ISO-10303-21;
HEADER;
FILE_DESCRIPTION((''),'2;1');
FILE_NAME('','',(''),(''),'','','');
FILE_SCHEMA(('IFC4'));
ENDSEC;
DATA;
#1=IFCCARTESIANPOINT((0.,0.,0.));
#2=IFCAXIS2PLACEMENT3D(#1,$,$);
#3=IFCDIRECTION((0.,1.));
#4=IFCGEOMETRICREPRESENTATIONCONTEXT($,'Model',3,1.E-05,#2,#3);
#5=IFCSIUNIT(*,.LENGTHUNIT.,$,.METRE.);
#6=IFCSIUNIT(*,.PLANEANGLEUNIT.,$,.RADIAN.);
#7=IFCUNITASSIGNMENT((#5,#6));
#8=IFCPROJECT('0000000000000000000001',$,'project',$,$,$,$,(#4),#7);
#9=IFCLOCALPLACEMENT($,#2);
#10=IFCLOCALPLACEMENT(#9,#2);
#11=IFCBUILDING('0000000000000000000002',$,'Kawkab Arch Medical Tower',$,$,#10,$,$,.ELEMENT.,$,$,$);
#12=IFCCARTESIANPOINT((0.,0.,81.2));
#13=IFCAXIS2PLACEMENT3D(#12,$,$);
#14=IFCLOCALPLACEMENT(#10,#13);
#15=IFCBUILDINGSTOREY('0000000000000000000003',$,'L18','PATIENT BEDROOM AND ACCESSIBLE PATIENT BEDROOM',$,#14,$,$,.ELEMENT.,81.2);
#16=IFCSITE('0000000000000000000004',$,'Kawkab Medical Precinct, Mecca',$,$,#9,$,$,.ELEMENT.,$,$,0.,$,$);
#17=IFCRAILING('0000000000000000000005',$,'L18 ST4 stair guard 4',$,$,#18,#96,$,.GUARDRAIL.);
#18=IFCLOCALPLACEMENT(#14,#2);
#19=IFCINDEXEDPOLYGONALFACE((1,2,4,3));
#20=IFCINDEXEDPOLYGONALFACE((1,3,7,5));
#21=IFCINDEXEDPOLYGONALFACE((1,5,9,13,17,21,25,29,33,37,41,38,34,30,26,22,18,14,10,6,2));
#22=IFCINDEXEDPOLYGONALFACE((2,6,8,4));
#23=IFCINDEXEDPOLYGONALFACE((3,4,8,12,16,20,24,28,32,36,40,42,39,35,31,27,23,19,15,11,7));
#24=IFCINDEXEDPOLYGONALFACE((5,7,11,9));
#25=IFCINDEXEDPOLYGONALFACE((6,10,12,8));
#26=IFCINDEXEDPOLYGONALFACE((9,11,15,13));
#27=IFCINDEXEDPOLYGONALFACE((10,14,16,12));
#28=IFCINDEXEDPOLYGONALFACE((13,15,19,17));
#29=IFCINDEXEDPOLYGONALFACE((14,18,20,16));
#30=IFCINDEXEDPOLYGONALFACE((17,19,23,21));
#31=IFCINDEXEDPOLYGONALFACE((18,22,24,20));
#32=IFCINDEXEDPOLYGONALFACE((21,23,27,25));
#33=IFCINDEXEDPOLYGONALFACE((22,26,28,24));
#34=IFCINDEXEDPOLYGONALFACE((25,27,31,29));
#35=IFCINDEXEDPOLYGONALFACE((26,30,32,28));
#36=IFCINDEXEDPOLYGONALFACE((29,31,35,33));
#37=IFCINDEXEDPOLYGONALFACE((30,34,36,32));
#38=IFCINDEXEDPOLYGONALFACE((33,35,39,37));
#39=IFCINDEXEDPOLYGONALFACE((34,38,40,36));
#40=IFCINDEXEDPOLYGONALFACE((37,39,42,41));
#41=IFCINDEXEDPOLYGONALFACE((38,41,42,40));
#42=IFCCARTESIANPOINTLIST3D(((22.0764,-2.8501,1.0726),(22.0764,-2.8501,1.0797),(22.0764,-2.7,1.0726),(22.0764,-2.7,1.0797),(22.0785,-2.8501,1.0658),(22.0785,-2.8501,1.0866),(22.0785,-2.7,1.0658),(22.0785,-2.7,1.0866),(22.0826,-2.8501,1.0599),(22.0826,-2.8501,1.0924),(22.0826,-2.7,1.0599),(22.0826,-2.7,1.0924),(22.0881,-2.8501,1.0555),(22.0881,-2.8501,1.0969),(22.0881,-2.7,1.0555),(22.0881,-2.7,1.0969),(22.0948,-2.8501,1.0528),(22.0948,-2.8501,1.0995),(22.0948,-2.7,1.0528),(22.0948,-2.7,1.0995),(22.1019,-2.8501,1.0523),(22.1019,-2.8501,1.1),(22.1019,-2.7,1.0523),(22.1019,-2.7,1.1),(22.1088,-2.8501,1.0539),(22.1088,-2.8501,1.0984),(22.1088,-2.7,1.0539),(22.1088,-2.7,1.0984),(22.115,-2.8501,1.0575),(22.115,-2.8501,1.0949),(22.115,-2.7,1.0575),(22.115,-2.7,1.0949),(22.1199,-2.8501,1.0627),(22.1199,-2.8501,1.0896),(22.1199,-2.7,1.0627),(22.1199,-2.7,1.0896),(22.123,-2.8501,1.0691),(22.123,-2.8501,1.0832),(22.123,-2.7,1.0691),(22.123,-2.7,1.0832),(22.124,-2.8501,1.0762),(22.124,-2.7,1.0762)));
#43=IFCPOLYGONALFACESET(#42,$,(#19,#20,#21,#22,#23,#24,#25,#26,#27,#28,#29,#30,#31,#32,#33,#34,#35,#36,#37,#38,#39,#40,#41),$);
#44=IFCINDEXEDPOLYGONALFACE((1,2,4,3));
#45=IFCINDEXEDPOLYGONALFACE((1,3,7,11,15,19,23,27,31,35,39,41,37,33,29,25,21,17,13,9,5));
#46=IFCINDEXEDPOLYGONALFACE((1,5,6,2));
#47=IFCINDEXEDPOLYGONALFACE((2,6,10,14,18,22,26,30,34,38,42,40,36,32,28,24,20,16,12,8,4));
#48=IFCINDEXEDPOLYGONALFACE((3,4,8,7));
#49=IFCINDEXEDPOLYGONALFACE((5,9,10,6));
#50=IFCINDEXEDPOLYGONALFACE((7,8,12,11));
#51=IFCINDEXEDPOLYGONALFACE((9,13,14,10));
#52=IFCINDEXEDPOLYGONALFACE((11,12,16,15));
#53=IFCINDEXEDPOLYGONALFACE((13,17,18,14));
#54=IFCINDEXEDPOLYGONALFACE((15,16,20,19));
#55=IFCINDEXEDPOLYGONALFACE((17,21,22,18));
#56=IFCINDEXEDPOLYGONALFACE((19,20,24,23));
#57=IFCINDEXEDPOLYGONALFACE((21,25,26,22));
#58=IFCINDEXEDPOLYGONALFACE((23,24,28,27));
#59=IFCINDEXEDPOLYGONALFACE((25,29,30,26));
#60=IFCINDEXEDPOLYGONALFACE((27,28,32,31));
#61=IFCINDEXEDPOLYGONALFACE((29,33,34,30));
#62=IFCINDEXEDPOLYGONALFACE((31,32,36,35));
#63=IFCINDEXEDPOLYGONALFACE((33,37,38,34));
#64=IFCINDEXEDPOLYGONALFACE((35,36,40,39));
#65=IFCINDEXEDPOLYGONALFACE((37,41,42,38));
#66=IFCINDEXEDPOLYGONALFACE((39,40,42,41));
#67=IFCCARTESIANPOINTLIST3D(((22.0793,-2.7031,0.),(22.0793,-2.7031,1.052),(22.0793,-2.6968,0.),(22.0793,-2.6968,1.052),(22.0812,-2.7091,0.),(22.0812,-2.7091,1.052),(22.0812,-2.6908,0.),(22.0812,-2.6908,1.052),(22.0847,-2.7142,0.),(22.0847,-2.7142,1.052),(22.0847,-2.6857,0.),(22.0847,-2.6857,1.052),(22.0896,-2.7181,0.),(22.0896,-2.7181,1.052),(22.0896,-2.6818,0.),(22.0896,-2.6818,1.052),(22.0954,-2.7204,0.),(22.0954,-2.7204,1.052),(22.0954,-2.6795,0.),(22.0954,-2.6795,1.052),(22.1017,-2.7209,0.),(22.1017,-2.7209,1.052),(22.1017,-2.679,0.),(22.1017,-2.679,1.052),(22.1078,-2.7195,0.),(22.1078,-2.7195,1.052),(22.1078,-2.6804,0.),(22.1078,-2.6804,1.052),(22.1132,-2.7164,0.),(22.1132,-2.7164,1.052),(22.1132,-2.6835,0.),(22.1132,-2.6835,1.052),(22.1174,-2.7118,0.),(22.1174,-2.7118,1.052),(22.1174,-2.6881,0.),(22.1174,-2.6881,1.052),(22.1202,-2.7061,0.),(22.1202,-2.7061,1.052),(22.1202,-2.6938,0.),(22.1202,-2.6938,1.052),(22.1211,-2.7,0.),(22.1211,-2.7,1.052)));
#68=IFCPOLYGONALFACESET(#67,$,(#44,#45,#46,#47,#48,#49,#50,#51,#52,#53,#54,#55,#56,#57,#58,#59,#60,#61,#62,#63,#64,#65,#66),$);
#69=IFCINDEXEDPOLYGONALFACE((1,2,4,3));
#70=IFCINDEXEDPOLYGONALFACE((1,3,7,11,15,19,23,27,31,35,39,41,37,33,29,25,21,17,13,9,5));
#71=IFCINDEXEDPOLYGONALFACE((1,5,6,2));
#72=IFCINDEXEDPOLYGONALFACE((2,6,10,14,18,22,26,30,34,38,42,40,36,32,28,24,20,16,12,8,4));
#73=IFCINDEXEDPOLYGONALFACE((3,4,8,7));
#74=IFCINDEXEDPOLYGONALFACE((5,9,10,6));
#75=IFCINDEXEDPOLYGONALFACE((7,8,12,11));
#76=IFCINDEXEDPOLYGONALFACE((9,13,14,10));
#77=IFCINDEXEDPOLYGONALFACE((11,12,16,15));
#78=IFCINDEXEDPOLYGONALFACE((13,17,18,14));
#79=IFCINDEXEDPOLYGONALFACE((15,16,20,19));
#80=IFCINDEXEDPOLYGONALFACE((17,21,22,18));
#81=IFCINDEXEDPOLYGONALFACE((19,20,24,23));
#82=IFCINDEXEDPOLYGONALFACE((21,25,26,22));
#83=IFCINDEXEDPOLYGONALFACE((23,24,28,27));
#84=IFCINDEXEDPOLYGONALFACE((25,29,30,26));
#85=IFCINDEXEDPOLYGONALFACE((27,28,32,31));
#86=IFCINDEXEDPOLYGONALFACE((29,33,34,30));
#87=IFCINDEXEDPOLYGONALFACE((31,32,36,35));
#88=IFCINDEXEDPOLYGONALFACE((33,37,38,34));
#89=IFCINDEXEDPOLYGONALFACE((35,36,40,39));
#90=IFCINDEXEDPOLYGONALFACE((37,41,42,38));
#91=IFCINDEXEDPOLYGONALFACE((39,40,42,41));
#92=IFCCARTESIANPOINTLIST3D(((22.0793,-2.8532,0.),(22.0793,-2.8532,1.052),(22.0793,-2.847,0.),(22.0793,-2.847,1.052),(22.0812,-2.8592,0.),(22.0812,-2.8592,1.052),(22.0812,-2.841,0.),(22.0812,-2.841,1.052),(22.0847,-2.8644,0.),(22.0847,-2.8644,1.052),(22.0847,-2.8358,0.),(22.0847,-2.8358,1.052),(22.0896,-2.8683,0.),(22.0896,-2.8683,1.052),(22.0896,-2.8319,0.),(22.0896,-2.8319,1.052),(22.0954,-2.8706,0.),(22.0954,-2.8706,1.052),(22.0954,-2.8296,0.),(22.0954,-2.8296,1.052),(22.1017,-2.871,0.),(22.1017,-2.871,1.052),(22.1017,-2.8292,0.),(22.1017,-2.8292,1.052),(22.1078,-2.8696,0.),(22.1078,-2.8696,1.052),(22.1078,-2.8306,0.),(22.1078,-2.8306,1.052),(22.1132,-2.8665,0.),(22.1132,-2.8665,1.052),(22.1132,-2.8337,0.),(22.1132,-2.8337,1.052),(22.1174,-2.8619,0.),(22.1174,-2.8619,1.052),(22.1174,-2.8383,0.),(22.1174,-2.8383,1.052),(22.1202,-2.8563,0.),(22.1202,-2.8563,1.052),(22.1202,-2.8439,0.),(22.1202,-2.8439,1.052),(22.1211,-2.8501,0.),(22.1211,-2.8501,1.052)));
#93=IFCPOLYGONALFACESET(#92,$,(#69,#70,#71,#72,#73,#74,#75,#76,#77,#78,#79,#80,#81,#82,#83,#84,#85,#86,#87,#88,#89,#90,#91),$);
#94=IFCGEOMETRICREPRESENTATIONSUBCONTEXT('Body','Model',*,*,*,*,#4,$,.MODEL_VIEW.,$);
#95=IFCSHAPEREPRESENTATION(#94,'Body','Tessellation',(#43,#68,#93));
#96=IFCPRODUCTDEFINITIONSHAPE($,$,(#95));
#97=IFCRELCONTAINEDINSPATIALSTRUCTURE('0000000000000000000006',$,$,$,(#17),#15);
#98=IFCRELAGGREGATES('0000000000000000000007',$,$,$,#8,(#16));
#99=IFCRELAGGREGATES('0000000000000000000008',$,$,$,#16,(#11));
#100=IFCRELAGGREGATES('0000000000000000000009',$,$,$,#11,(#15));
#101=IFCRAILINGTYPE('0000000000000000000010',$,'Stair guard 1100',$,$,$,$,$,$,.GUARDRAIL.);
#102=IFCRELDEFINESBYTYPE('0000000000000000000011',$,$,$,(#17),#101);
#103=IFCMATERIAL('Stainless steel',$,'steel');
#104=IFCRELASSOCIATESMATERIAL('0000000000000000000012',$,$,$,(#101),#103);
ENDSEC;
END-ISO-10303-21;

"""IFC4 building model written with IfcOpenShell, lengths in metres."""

from ifc_helpers import new_model, si_unit, direction, frame, origin, origin_2d, place, context, subcontext, project, spatial, circle, extrude, material, type_object, element, save


model = new_model("IFC4")

# Units and contexts
model_context = context("Model", 3, precision=1e-05, world=origin(), true_north=direction((0.0, 1.0)))
body_context = subcontext(model_context, "Body", "Model", "MODEL_VIEW")
ifc_project = project(units=[si_unit("LENGTHUNIT", "METRE"), si_unit("PLANEANGLEUNIT", "RADIAN")], contexts=[model_context])

# Site, building, storey
site_placement = place(None, origin())
site = spatial("IfcSite", under=ifc_project, at=site_placement, Name="Kawkab Medical Precinct, Mecca", CompositionType="ELEMENT", RefElevation=0.0)
building_placement = place(site_placement, origin())
building = spatial("IfcBuilding", under=site, at=building_placement, Name="Kawkab Arch Medical Tower", CompositionType="ELEMENT")
storey_placement = place(building_placement, frame((0.0, 0.0, 81.2)))
storey = spatial("IfcBuildingStorey", under=building, at=storey_placement, Name="L18", Description="PATIENT BEDROOM AND ACCESSIBLE PATIENT BEDROOM", CompositionType="ELEMENT", Elevation=81.2)

# Railing
ifc_material_1 = material(Name="Stainless steel", Category="steel")
railing_type_1 = type_object("IfcRailingType", Name="Stair guard 1100", PredefinedType="GUARDRAIL", material=ifc_material_1)
railing_1_placement = place(storey_placement, frame((22.1001, -2.7, 0.0)))
element("IfcRailing", 1, at=railing_1_placement, inside=storey, type_object=railing_type_1, Name="L18 ST4 stair guard 4", PredefinedType="GUARDRAIL", context=body_context, shape_type="SweptSolid", body=[
    extrude(circle(Radius=0.0239, at=origin_2d()), frame((0.0, 0.0, 1.0762), z_axis=(0.0, -1.0, 0.0), x_axis=(1.0, 0.0, 0.0)), (0.0, 0.0, 1.0), 0.1501),
    extrude(circle(Radius=0.021, at=origin_2d()), origin(), (0.0, 0.0, 1.0), 1.052),
    extrude(circle(Radius=0.021, at=origin_2d()), frame((0.0, -0.1501, 0.0)), (0.0, 0.0, 1.0), 1.052),
])

save(model, "model.ifc")
